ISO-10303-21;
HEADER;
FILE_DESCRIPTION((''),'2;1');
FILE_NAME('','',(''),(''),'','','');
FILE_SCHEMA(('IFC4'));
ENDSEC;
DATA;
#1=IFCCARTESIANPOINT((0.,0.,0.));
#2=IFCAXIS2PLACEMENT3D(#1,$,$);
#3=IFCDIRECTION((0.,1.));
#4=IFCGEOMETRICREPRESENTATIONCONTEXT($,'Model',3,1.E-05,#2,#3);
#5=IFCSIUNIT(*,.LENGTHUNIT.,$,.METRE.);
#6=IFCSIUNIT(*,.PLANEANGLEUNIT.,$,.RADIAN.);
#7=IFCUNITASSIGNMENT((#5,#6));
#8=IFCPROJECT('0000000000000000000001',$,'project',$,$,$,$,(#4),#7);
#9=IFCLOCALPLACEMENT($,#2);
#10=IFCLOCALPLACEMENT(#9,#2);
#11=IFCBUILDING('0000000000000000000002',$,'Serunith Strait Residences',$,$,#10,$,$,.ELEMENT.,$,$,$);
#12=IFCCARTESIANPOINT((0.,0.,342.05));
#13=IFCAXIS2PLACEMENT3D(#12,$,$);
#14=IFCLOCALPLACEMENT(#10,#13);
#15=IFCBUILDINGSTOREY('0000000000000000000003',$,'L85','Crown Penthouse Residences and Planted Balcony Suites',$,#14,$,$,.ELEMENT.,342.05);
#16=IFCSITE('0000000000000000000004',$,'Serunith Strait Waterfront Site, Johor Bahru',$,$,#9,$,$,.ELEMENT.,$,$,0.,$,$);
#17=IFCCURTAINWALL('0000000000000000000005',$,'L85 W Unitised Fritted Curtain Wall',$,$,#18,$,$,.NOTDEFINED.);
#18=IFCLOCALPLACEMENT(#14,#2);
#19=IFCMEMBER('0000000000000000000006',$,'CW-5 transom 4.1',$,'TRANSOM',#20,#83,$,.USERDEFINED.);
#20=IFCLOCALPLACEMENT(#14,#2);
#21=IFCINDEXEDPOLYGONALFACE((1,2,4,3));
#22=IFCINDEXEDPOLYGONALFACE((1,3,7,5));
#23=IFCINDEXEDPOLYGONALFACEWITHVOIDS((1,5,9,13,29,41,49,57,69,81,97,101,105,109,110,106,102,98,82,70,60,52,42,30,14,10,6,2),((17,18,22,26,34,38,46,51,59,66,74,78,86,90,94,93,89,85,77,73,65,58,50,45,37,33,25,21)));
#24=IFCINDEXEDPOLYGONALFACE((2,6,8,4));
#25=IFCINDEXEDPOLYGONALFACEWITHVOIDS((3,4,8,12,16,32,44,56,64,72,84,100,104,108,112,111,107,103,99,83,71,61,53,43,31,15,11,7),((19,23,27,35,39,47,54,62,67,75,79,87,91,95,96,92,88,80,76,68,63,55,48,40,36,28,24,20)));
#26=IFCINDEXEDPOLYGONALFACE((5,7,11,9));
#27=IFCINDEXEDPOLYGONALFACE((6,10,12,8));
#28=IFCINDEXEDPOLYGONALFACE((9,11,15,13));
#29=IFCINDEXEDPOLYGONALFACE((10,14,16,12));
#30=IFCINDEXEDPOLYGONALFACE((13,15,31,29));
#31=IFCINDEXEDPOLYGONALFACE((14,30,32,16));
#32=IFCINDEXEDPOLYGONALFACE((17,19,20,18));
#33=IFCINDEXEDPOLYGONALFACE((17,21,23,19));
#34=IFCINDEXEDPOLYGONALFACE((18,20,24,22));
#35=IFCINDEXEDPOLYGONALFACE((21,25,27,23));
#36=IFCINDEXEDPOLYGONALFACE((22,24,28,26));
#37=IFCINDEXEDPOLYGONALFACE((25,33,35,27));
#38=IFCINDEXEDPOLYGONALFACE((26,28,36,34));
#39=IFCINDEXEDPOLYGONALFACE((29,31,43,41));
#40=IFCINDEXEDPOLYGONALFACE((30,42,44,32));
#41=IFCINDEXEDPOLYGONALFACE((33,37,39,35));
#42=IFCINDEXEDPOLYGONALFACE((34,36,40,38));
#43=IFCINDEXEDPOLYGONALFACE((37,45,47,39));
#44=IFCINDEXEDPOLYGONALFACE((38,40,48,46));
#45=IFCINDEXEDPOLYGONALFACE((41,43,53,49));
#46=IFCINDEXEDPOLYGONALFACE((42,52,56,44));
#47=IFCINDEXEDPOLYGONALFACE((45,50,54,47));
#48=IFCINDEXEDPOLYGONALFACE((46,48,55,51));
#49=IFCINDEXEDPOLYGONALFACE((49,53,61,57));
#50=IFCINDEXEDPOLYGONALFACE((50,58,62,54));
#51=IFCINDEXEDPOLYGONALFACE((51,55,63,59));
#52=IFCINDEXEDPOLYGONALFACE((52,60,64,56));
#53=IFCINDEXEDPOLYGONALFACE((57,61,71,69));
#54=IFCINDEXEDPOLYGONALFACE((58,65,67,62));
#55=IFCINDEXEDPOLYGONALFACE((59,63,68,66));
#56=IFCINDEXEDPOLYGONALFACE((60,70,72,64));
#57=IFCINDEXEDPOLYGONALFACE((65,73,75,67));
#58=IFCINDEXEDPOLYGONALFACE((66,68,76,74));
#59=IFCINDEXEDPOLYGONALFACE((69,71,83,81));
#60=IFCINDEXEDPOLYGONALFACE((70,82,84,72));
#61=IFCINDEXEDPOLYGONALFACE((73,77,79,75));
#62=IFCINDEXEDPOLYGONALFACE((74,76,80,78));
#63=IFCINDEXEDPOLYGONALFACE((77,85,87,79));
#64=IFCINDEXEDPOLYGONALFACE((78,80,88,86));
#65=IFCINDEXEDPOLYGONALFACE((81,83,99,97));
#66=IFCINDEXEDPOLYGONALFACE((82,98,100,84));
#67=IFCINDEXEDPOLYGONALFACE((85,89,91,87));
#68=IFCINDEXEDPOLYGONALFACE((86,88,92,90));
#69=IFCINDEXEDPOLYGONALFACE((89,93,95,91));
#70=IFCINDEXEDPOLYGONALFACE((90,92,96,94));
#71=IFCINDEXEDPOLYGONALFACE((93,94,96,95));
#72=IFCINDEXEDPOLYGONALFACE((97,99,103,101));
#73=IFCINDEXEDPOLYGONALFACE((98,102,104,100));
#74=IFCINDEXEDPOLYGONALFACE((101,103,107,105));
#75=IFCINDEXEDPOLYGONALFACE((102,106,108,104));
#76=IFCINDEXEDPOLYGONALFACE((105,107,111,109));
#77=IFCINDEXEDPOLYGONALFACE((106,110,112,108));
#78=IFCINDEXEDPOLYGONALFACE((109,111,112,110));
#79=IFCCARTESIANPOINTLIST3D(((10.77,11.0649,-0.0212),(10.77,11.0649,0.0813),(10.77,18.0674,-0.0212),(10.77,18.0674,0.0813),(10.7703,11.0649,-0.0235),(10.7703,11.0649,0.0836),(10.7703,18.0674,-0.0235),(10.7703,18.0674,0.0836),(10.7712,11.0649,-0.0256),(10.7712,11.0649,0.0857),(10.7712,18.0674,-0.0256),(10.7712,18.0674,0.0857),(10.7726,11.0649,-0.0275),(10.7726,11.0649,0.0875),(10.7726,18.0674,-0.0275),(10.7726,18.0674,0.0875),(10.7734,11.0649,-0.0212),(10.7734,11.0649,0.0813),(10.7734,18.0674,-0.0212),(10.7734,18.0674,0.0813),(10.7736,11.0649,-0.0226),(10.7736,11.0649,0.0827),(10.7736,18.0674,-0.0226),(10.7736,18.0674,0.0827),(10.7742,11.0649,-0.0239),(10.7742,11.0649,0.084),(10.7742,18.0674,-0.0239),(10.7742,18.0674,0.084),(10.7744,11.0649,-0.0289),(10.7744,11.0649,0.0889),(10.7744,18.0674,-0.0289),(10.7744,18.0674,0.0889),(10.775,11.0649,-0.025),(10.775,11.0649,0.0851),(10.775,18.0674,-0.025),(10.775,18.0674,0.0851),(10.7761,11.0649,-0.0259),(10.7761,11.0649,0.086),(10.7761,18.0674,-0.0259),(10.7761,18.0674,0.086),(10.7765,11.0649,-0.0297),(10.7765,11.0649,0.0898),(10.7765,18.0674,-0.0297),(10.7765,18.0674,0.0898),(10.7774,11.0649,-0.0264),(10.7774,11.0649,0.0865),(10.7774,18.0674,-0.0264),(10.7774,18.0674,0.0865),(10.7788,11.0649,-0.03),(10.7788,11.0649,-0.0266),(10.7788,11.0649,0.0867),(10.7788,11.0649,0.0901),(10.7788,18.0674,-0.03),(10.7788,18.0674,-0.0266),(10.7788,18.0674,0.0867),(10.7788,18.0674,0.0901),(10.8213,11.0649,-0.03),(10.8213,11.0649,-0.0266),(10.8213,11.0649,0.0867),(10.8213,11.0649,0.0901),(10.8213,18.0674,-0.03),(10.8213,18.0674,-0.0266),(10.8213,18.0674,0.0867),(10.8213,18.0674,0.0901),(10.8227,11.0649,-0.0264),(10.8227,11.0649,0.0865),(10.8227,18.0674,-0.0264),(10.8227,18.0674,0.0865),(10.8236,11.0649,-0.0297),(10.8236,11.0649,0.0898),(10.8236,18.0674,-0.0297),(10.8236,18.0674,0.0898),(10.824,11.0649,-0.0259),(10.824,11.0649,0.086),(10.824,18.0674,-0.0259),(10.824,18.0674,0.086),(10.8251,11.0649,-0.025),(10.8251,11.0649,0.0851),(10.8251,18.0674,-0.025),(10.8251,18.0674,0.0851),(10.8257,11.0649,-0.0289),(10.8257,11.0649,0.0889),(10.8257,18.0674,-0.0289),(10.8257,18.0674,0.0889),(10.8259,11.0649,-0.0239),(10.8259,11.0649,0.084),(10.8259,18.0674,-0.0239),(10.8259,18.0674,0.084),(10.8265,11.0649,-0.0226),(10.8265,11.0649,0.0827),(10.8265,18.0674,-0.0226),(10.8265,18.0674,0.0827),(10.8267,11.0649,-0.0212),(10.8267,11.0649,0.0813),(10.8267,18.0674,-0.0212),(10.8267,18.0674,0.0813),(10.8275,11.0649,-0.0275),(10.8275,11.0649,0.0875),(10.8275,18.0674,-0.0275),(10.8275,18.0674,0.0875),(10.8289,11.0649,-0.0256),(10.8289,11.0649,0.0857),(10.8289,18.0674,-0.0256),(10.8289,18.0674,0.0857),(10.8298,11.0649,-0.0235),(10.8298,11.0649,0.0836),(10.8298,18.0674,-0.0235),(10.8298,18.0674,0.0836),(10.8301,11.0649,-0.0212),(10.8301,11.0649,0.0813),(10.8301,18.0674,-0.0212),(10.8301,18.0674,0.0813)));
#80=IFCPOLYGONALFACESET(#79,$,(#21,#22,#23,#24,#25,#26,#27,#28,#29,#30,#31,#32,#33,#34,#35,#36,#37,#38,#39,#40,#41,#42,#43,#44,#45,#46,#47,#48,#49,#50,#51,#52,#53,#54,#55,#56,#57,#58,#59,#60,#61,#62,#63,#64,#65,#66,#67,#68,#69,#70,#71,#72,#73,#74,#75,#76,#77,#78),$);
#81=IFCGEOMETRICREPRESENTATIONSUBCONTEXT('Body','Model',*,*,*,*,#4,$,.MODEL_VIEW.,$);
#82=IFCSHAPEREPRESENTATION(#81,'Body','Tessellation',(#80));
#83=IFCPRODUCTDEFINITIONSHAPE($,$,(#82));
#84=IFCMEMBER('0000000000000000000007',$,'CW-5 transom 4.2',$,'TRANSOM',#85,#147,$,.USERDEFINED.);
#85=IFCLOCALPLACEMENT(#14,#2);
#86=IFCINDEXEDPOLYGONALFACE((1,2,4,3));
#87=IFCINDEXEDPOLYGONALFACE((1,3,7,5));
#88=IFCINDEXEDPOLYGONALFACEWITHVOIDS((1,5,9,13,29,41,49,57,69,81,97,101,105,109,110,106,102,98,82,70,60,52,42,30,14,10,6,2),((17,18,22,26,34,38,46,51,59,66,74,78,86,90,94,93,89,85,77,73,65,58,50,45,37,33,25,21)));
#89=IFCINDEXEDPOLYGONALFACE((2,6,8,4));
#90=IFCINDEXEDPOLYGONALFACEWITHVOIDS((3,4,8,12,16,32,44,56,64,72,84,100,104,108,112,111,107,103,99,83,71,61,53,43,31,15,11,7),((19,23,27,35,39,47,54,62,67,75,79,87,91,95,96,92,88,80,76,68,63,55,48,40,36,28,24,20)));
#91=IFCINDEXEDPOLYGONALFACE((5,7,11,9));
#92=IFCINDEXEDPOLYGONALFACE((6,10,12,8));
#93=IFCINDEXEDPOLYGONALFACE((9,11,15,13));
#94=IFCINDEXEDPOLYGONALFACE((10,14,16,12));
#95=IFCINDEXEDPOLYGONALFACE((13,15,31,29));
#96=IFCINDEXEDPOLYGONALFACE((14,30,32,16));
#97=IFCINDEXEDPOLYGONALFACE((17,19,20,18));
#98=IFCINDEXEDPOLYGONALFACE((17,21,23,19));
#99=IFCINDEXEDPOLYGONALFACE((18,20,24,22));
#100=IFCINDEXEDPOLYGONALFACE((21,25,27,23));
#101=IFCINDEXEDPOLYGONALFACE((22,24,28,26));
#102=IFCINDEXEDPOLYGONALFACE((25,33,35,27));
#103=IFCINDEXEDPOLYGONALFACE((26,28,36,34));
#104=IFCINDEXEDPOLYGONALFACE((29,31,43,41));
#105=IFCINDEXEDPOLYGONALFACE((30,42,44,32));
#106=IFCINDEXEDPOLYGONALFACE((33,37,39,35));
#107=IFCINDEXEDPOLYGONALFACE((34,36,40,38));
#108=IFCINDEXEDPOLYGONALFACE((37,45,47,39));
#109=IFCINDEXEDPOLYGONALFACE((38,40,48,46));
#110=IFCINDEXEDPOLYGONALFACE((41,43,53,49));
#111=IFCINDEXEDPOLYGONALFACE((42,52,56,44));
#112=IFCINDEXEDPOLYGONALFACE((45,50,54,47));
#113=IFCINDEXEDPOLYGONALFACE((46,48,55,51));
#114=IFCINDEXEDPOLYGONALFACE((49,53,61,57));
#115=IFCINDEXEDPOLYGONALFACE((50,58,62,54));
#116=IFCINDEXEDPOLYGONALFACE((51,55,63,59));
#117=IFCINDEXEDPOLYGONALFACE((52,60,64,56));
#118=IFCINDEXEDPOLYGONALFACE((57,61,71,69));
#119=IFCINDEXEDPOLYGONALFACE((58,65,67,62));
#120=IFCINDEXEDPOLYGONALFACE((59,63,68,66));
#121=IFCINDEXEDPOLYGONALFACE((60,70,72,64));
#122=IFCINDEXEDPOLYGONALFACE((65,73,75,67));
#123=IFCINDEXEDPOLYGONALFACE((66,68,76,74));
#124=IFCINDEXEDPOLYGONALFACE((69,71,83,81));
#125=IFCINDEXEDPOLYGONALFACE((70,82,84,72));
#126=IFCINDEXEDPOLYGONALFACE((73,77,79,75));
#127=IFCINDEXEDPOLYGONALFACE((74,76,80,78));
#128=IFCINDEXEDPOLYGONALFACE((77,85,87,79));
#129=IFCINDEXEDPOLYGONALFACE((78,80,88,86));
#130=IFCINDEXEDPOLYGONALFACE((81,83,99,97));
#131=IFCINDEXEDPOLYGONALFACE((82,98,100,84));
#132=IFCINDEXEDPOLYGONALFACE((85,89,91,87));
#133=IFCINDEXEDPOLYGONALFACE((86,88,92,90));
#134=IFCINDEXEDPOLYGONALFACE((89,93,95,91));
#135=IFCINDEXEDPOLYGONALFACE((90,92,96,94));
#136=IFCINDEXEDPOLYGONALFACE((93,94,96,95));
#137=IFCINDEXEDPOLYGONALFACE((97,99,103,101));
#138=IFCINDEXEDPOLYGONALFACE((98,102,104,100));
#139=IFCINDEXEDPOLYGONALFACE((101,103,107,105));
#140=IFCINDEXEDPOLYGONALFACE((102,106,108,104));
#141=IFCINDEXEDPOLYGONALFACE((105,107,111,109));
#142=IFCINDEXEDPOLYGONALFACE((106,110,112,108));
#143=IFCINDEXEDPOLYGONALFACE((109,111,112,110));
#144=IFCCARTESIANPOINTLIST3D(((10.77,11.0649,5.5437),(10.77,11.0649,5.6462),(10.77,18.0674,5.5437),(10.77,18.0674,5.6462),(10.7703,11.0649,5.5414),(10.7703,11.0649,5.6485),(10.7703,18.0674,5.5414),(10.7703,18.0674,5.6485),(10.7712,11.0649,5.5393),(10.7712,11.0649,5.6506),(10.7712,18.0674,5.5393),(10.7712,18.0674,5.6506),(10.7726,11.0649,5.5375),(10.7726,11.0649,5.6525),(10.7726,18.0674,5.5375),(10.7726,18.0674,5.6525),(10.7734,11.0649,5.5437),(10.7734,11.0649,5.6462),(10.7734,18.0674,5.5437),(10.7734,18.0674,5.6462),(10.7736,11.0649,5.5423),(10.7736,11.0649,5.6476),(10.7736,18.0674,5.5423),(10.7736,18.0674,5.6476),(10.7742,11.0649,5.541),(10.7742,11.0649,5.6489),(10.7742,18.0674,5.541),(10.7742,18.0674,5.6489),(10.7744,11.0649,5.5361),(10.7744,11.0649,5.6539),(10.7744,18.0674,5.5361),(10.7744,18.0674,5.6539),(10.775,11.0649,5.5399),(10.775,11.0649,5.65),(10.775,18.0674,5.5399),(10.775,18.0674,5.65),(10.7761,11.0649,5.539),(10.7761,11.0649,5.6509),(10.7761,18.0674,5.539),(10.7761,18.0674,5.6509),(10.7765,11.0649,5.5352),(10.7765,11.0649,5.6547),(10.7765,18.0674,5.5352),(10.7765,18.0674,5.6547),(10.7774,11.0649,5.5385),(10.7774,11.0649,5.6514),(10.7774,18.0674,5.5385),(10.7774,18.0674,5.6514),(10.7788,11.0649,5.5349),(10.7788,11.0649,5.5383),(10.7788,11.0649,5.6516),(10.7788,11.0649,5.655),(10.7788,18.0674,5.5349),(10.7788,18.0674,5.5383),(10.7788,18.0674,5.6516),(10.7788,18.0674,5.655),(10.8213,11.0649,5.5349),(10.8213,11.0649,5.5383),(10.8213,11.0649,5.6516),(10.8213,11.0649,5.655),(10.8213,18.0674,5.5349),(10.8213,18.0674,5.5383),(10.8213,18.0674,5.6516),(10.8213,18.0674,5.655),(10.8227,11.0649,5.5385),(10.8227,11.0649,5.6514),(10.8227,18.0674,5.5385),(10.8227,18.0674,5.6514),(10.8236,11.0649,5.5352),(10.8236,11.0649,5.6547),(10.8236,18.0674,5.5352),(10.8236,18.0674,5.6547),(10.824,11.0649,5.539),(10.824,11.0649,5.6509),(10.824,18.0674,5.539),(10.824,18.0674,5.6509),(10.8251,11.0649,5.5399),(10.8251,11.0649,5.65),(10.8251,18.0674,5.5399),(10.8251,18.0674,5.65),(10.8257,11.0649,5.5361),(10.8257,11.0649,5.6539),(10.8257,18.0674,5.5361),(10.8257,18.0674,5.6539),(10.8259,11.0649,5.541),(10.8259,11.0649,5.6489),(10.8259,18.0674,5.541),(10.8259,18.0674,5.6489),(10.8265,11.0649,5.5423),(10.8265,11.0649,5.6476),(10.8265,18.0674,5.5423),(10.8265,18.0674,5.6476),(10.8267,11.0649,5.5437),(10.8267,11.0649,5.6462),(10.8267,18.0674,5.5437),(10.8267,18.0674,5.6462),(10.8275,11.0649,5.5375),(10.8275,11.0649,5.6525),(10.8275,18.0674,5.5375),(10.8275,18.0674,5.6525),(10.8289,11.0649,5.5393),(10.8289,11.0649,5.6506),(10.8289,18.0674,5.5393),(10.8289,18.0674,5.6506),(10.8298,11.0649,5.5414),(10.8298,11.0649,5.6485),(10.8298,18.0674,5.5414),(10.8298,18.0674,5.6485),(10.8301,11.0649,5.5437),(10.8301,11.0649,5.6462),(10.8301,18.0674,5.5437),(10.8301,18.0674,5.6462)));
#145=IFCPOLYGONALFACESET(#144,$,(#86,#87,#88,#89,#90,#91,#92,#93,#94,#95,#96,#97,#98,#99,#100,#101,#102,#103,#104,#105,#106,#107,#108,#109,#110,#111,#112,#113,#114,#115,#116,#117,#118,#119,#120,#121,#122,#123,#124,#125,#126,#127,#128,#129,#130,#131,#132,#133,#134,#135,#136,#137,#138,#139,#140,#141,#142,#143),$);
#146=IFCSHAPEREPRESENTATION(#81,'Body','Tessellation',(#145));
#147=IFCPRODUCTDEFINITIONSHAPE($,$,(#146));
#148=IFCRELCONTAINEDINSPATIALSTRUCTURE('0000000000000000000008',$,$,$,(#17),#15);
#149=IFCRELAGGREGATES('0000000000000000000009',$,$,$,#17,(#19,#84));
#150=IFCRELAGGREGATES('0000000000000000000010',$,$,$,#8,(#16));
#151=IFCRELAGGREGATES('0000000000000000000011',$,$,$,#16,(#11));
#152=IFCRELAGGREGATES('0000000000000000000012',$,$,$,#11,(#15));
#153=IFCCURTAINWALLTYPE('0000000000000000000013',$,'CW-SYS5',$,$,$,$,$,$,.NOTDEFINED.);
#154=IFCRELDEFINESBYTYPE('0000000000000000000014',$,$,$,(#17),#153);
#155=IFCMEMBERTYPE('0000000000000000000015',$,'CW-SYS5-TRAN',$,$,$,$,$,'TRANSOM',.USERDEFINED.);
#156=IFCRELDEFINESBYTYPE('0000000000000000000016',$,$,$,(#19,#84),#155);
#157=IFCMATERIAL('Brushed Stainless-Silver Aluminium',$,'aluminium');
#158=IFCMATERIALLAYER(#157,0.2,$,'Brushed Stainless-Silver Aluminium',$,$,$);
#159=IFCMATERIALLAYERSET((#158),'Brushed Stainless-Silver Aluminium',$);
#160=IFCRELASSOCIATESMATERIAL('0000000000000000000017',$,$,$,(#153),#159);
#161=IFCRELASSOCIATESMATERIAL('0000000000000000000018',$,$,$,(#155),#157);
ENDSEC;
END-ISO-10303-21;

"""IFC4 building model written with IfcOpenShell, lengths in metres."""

from ifc_helpers import new_model, si_unit, direction, frame, origin, origin_2d, place, context, subcontext, project, spatial, hollow_rectangle, extrude, source, transform, mapped, material, layer, layer_set, material_profile, profile_set, type_object, element, aggregate, save


model = new_model("IFC4")

# Units and contexts
model_context = context("Model", 3, precision=1e-05, world=origin(), true_north=direction((0.0, 1.0)))
body_context = subcontext(model_context, "Body", "Model", "MODEL_VIEW")
ifc_project = project(units=[si_unit("LENGTHUNIT", "METRE"), si_unit("PLANEANGLEUNIT", "RADIAN")], contexts=[model_context])

# Site, building, storey
site_placement = place(None, origin())
site = spatial("IfcSite", under=ifc_project, at=site_placement, Name="Serunith Strait Waterfront Site, Johor Bahru", CompositionType="ELEMENT", RefElevation=0.0)
building_placement = place(site_placement, origin())
building = spatial("IfcBuilding", under=site, at=building_placement, Name="Serunith Strait Residences", CompositionType="ELEMENT")
storey_placement = place(building_placement, frame((0.0, 0.0, 342.05)))
storey = spatial("IfcBuildingStorey", under=building, at=storey_placement, Name="L85", Description="Crown Penthouse Residences and Planted Balcony Suites", CompositionType="ELEMENT", Elevation=342.05)

# Curtain wall, members
ifc_material_1 = material(Name="Brushed Stainless-Silver Aluminium", Category="aluminium")
ifc_layer_1 = layer(ifc_material_1, 0.2, Name="Brushed Stainless-Silver Aluminium")
ifc_layer_set_1 = layer_set([ifc_layer_1], Name="Brushed Stainless-Silver Aluminium")
curtain_wall_type = type_object("IfcCurtainWallType", Name="CW-SYS5", PredefinedType="NOTDEFINED", material=ifc_layer_set_1)
curtain_wall_placement = place(storey_placement, origin())
curtain_wall = element("IfcCurtainWall", 1, at=curtain_wall_placement, inside=storey, type_object=curtain_wall_type, Name="L85 W Unitised Fritted Curtain Wall", PredefinedType="NOTDEFINED")
ifc_material_profile_1 = material_profile(ifc_material_1, hollow_rectangle(XDim=0.0601, YDim=0.1201, WallThickness=0.0034, InnerFilletRadius=0.0054, OuterFilletRadius=0.0088, at=origin_2d()), Name="ALU 120x60x3.5")
ifc_profile_set_1 = profile_set([ifc_material_profile_1], Name="Brushed Stainless-Silver Aluminium")
member_type_1 = type_object("IfcMemberType", Name="CW-SYS5-TRAN", ElementType="TRANSOM", PredefinedType="USERDEFINED", material=ifc_profile_set_1)
shared_shape_1 = source(origin(), body_context, "Body", "SweptSolid", [
    extrude(hollow_rectangle(XDim=0.0601, YDim=0.1201, WallThickness=0.0034, InnerFilletRadius=0.0054, OuterFilletRadius=0.0088, at=origin_2d()), origin(), (0.0, 0.0, 1.0), 7.0024),
])
member_1_placement = place(storey_placement, frame((10.8, 18.0674, 0.03), z_axis=(0.0, -1.0, 0.0), x_axis=(1.0, 0.0, 0.0)))
member_1 = element("IfcMember", 2, at=member_1_placement, type_object=member_type_1, Name="CW-5 transom 4.1", ObjectType="TRANSOM", PredefinedType="USERDEFINED", context=body_context, shape_type="MappedRepresentation", body=[
    mapped(shared_shape_1, transform((0.0, 0.0, 0.0), scale=1.0)),
])
member_2_placement = place(storey_placement, frame((10.8, 18.0674, 5.595), z_axis=(0.0, -1.0, 0.0), x_axis=(1.0, 0.0, 0.0)))
member_2 = element("IfcMember", 3, at=member_2_placement, type_object=member_type_1, Name="CW-5 transom 4.2", ObjectType="TRANSOM", PredefinedType="USERDEFINED", context=body_context, shape_type="MappedRepresentation", body=[
    mapped(shared_shape_1, transform((0.0, 0.0, 0.0), scale=1.0)),
])
aggregate(curtain_wall, [member_1, member_2])

save(model, "model.ifc")
